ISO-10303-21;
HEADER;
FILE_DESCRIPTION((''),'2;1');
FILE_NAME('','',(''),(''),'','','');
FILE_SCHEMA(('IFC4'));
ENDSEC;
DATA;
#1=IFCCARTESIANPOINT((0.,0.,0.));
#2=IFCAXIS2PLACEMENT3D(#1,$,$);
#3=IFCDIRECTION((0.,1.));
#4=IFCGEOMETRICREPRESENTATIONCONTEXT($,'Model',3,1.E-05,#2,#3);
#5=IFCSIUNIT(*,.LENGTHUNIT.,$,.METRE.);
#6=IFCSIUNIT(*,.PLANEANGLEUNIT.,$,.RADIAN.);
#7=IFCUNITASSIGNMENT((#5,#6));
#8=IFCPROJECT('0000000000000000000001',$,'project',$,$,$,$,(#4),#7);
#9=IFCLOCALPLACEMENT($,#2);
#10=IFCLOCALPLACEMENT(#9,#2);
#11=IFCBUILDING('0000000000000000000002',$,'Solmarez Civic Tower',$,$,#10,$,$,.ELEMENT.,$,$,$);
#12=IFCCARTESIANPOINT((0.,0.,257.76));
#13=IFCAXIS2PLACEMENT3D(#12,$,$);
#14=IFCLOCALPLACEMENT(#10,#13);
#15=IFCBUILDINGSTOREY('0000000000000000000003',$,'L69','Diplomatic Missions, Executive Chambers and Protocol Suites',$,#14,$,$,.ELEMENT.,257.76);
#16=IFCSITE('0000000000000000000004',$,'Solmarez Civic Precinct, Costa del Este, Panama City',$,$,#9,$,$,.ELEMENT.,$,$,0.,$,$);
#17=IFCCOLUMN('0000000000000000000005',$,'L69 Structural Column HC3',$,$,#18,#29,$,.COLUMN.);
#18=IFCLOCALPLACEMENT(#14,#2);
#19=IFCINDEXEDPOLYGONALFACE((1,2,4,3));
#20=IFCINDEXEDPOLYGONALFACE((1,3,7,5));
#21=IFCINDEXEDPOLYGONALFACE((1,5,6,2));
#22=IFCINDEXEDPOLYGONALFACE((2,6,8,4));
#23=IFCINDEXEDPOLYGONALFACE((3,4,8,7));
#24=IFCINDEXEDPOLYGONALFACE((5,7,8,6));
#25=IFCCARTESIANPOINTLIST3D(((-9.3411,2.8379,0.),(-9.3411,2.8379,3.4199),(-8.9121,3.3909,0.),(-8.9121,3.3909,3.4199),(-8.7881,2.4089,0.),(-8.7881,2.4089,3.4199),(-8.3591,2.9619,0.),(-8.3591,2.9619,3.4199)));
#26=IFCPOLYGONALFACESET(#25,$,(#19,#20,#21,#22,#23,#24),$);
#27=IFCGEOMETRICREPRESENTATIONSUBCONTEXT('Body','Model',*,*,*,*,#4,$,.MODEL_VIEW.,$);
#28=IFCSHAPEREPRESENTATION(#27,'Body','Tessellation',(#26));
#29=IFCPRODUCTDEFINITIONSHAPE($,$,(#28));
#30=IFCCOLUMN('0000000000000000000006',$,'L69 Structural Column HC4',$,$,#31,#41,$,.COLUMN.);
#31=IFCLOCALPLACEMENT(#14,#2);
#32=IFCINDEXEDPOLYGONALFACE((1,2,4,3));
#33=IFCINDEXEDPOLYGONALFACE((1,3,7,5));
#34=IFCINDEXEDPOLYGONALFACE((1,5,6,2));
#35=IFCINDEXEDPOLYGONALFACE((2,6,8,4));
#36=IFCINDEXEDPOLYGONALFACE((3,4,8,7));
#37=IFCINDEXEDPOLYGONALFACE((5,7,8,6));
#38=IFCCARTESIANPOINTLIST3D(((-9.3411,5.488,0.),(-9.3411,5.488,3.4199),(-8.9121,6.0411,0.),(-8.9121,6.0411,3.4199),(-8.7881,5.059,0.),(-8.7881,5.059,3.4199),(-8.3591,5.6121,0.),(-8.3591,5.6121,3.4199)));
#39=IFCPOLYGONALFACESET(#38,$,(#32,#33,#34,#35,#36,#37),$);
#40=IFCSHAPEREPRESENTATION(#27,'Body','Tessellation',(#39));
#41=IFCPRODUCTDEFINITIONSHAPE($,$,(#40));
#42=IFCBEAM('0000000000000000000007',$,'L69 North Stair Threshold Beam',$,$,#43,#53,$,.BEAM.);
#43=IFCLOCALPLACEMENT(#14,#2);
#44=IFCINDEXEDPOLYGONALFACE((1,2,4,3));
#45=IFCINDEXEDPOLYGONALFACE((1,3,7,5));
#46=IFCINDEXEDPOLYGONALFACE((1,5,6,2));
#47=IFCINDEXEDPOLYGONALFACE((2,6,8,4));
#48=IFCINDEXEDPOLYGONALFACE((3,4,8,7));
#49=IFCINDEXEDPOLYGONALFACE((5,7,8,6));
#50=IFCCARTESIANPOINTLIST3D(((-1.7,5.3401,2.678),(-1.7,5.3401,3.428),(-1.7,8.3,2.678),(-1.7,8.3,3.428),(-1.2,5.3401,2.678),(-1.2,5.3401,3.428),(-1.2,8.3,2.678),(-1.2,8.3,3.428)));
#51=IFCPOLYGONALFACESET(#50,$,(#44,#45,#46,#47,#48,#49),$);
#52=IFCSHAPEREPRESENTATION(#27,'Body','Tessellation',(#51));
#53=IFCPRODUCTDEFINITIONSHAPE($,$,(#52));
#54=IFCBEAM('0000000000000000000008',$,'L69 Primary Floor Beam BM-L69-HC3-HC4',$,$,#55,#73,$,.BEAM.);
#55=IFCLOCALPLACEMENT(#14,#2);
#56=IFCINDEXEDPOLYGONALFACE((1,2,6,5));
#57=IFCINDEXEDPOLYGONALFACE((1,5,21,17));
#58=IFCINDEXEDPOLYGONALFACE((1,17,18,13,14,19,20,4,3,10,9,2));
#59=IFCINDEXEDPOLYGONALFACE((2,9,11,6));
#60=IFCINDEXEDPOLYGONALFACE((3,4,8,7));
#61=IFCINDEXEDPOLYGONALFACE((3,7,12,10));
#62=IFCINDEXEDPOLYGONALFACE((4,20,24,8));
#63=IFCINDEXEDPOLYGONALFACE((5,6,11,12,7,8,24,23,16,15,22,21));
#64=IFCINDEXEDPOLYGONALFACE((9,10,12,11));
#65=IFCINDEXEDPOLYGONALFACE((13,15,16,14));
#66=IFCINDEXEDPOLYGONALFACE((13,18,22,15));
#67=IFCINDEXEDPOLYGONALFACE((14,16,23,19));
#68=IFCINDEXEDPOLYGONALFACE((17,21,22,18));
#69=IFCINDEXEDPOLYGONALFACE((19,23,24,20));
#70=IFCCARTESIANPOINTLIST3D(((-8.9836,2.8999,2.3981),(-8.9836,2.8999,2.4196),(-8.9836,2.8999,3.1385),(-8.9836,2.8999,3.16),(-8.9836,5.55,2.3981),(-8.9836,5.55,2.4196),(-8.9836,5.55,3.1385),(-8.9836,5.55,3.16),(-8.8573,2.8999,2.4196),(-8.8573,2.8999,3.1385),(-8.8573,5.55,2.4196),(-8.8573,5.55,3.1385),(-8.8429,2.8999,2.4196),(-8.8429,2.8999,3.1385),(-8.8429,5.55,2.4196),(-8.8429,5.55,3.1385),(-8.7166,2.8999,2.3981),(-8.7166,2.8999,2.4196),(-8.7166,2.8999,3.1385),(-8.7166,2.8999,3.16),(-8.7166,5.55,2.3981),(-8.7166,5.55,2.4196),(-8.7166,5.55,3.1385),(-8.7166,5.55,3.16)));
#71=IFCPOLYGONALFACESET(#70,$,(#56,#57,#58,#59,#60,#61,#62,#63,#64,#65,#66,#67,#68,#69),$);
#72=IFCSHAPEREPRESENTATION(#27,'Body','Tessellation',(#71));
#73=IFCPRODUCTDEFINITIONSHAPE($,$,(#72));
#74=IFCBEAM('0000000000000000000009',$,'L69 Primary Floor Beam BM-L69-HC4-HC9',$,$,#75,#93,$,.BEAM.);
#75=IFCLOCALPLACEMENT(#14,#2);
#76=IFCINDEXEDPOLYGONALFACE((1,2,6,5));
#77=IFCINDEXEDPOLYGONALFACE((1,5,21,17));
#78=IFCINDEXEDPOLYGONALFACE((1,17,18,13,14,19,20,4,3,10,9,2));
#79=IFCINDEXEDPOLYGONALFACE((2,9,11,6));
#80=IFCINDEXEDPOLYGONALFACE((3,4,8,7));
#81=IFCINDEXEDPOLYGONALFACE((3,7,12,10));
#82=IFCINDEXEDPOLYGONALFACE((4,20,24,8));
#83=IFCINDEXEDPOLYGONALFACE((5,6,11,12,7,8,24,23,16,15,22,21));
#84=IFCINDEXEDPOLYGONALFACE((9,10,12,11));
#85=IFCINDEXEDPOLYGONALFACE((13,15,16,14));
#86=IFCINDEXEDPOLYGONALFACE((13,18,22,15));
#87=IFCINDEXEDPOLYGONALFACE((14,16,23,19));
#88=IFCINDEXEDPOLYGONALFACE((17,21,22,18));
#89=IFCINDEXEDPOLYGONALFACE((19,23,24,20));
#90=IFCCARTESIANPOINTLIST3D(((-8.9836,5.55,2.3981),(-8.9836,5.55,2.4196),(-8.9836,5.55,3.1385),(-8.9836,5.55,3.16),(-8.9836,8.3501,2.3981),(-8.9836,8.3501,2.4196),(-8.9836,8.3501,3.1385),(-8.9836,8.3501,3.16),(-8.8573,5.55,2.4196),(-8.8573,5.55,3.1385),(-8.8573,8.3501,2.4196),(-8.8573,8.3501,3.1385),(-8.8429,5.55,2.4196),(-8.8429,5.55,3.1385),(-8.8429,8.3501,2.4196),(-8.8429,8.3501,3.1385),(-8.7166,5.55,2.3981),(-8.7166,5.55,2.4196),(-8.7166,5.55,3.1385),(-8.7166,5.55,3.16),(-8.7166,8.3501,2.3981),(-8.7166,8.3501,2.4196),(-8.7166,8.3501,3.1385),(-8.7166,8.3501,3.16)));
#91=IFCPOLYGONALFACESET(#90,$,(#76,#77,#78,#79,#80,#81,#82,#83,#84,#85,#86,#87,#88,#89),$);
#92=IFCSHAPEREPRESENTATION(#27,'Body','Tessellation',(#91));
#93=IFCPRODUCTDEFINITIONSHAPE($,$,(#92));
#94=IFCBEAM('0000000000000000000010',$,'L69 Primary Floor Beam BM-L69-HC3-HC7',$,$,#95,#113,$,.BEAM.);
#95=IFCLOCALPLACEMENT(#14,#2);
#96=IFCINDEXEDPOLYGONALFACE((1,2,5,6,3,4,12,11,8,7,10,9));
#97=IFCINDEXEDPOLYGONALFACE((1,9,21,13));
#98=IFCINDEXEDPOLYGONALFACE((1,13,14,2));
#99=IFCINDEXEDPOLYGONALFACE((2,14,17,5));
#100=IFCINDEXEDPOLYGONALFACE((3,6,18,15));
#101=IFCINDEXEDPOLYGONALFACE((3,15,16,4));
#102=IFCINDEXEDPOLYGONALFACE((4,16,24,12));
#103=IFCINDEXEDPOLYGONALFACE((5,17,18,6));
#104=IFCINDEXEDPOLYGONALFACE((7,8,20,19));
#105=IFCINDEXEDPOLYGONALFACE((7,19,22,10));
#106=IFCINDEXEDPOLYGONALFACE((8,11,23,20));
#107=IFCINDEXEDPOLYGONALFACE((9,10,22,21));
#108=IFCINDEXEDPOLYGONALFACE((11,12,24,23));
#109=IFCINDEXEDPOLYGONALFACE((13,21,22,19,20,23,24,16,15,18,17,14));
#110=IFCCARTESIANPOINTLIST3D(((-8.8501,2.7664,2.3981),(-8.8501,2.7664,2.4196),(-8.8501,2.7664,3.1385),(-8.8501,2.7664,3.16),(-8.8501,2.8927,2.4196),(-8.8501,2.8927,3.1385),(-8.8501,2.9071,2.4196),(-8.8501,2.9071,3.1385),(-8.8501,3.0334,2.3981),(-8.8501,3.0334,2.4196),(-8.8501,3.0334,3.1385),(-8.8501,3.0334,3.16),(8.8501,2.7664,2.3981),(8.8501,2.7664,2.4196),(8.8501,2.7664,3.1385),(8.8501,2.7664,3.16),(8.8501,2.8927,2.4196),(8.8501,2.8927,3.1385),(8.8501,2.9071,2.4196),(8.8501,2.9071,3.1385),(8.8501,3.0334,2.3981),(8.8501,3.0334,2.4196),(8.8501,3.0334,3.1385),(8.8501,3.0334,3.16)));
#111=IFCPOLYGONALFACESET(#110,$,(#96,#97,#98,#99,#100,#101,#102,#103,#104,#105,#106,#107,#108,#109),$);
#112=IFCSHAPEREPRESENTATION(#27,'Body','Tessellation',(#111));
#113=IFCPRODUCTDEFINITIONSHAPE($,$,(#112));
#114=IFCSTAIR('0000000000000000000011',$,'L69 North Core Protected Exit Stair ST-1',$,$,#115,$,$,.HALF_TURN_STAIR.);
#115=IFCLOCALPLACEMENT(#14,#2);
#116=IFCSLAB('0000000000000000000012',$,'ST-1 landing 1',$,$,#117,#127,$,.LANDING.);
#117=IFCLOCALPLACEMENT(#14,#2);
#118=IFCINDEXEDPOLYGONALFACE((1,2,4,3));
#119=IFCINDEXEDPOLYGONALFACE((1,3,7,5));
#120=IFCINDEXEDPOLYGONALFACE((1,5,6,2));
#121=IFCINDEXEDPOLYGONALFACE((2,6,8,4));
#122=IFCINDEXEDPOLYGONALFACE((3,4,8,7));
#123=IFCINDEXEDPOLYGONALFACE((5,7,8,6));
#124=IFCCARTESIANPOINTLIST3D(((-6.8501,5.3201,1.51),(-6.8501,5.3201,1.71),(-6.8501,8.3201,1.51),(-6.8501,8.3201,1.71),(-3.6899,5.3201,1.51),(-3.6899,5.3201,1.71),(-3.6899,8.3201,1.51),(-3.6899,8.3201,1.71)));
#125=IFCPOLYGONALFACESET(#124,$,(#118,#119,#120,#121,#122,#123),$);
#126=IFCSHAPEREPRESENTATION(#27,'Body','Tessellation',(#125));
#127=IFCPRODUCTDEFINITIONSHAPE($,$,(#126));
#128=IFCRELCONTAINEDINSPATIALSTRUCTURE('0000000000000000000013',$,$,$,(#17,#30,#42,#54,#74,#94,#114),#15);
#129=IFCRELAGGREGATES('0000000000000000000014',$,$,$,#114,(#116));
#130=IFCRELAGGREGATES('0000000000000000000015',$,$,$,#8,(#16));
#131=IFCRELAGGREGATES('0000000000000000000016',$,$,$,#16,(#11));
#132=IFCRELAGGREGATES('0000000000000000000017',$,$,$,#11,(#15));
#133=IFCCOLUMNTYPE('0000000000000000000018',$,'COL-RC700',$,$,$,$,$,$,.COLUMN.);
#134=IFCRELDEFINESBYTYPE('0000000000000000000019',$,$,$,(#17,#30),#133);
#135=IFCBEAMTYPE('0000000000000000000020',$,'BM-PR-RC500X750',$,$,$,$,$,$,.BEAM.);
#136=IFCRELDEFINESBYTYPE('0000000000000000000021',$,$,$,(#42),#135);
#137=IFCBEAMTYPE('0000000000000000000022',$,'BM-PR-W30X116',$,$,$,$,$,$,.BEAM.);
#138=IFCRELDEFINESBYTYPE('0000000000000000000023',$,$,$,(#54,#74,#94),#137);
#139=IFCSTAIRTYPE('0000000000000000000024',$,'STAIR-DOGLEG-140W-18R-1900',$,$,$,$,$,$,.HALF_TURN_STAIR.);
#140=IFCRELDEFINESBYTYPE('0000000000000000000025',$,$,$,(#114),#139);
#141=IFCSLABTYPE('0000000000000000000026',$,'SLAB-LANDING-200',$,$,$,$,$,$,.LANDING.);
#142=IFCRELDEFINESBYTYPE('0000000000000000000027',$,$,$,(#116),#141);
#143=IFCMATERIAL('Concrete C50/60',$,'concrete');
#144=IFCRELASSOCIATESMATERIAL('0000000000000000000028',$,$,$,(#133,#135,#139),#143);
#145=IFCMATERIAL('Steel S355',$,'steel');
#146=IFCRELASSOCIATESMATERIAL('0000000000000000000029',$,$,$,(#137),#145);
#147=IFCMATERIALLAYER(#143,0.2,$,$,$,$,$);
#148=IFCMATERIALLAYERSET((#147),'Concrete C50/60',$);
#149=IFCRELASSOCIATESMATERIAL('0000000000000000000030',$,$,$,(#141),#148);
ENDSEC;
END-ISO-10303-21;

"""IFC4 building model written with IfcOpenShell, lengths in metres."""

from ifc_helpers import new_model, si_unit, direction, frame, origin, origin_2d, place, context, subcontext, project, spatial, polyline, rectangle, i_section, outline, extrude, material, layer, layer_set, material_profile, profile_set, type_object, element, aggregate, save


model = new_model("IFC4")

# Units and contexts
model_context = context("Model", 3, precision=1e-05, world=origin(), true_north=direction((0.0, 1.0)))
body_context = subcontext(model_context, "Body", "Model", "MODEL_VIEW")
ifc_project = project(units=[si_unit("LENGTHUNIT", "METRE"), si_unit("PLANEANGLEUNIT", "RADIAN")], contexts=[model_context])

# Site, building, storey
site_placement = place(None, origin())
site = spatial("IfcSite", under=ifc_project, at=site_placement, Name="Solmarez Civic Precinct, Costa del Este, Panama City", CompositionType="ELEMENT", RefElevation=0.0)
building_placement = place(site_placement, origin())
building = spatial("IfcBuilding", under=site, at=building_placement, Name="Solmarez Civic Tower", CompositionType="ELEMENT")
storey_placement = place(building_placement, frame((0.0, 0.0, 257.76)))
storey = spatial("IfcBuildingStorey", under=building, at=storey_placement, Name="L69", Description="Diplomatic Missions, Executive Chambers and Protocol Suites", CompositionType="ELEMENT", Elevation=257.76)

# Columns
ifc_material_1 = material(Name="Concrete C50/60", Category="concrete")
ifc_material_profile_1 = material_profile(ifc_material_1, rectangle(XDim=0.7, YDim=0.7, at=origin_2d()), Name="RC700X700")
ifc_profile_set_1 = profile_set([ifc_material_profile_1], Name="Concrete C50/60")
column_type = type_object("IfcColumnType", Name="COL-RC700", PredefinedType="COLUMN", material=ifc_profile_set_1)
for number, where, z_axis, x_axis, name in (
    (1, (-8.8501, 2.8999, 0.0), (0.0, 0.0, 1.0), (0.612907, 0.790155, 0.0), "L69 Structural Column HC3"),
    (2, (-8.8501, 5.55, 0.0), (0.0, 0.0, 1.0), (0.612907, 0.790155, 0.0), "L69 Structural Column HC4"),
):
    element("IfcColumn", number, at=place(storey_placement, frame(where, z_axis=z_axis, x_axis=x_axis)), inside=storey, type_object=column_type, Name=name, PredefinedType="COLUMN", context=body_context, shape_type="SweptSolid", body=[
        extrude(rectangle(XDim=0.7, YDim=0.7, at=origin_2d()), origin(), (0.0, 0.0, 1.0), 3.4199),
    ])

# Beams
ifc_material_profile_2 = material_profile(ifc_material_1, rectangle(XDim=0.5, YDim=0.75, at=origin_2d()), Name="RC500X750")
ifc_profile_set_2 = profile_set([ifc_material_profile_2], Name="Concrete C50/60")
beam_type_1 = type_object("IfcBeamType", Name="BM-PR-RC500X750", PredefinedType="BEAM", material=ifc_profile_set_2)
beam_1_placement = place(storey_placement, frame((-1.45, 5.3401, 3.053), z_axis=(0.0, 1.0, 0.0), x_axis=(-1.0, 0.0, 0.0)))
element("IfcBeam", 3, at=beam_1_placement, inside=storey, type_object=beam_type_1, Name="L69 North Stair Threshold Beam", PredefinedType="BEAM", context=body_context, shape_type="SweptSolid", body=[
    extrude(rectangle(XDim=0.5, YDim=0.75, at=origin_2d()), origin(), (0.0, 0.0, 1.0), 2.96),
])
ifc_material_2 = material(Name="Steel S355", Category="steel")
ifc_material_profile_3 = material_profile(ifc_material_2, i_section(OverallWidth=0.2671, OverallDepth=0.762, WebThickness=0.0144, FlangeThickness=0.0215, at=origin_2d()), Name="W30X116")
ifc_profile_set_3 = profile_set([ifc_material_profile_3], Name="Steel S355")
beam_type_2 = type_object("IfcBeamType", Name="BM-PR-W30X116", PredefinedType="BEAM", material=ifc_profile_set_3)
beam_2_placement = place(storey_placement, frame((-8.8501, 2.8999, 2.7791), z_axis=(0.0, 1.0, 0.0), x_axis=(-1.0, 0.0, 0.0)))
element("IfcBeam", 4, at=beam_2_placement, inside=storey, type_object=beam_type_2, Name="L69 Primary Floor Beam BM-L69-HC3-HC4", PredefinedType="BEAM", context=body_context, shape_type="SweptSolid", body=[
    extrude(i_section(OverallWidth=0.2671, OverallDepth=0.762, WebThickness=0.0144, FlangeThickness=0.0215, at=origin_2d()), origin(), (0.0, 0.0, 1.0), 2.6501),
])
beam_3_placement = place(storey_placement, frame((-8.8501, 5.55, 2.7791), z_axis=(0.0, 1.0, 0.0), x_axis=(-1.0, 0.0, 0.0)))
element("IfcBeam", 5, at=beam_3_placement, inside=storey, type_object=beam_type_2, Name="L69 Primary Floor Beam BM-L69-HC4-HC9", PredefinedType="BEAM", context=body_context, shape_type="SweptSolid", body=[
    extrude(i_section(OverallWidth=0.2671, OverallDepth=0.762, WebThickness=0.0144, FlangeThickness=0.0215, at=origin_2d()), origin(), (0.0, 0.0, 1.0), 2.8),
])
beam_4_placement = place(storey_placement, frame((-8.8501, 2.8999, 2.7791), z_axis=(1.0, 0.0, 0.0), x_axis=(0.0, 1.0, 0.0)))
element("IfcBeam", 6, at=beam_4_placement, inside=storey, type_object=beam_type_2, Name="L69 Primary Floor Beam BM-L69-HC3-HC7", PredefinedType="BEAM", context=body_context, shape_type="SweptSolid", body=[
    extrude(i_section(OverallWidth=0.2671, OverallDepth=0.762, WebThickness=0.0144, FlangeThickness=0.0215, at=origin_2d()), origin(), (0.0, 0.0, 1.0), 17.7002),
])

# Stair, slab
stair_type = type_object("IfcStairType", Name="STAIR-DOGLEG-140W-18R-1900", PredefinedType="HALF_TURN_STAIR", material=ifc_material_1)
stair_placement = place(storey_placement, origin())
stair = element("IfcStair", 7, at=stair_placement, inside=storey, type_object=stair_type, Name="L69 North Core Protected Exit Stair ST-1", PredefinedType="HALF_TURN_STAIR")
ifc_layer_1 = layer(ifc_material_1, 0.2)
ifc_layer_set_1 = layer_set([ifc_layer_1], Name="Concrete C50/60")
slab_type_1 = type_object("IfcSlabType", Name="SLAB-LANDING-200", PredefinedType="LANDING", material=ifc_layer_set_1)
slab_1_placement = place(storey_placement, frame((0.0, 0.0, 1.51)))
slab_1 = element("IfcSlab", 8, at=slab_1_placement, type_object=slab_type_1, Name="ST-1 landing 1", PredefinedType="LANDING", context=body_context, shape_type="SweptSolid", body=[
    extrude(outline(polyline([(-3.6899, 8.3201), (-6.8501, 8.3201), (-6.8501, 5.3201), (-3.6899, 5.3201), (-3.6899, 8.3201)])), origin(), (0.0, 0.0, 1.0), 0.2),
])

aggregate(stair, [slab_1])

save(model, "model.ifc")
